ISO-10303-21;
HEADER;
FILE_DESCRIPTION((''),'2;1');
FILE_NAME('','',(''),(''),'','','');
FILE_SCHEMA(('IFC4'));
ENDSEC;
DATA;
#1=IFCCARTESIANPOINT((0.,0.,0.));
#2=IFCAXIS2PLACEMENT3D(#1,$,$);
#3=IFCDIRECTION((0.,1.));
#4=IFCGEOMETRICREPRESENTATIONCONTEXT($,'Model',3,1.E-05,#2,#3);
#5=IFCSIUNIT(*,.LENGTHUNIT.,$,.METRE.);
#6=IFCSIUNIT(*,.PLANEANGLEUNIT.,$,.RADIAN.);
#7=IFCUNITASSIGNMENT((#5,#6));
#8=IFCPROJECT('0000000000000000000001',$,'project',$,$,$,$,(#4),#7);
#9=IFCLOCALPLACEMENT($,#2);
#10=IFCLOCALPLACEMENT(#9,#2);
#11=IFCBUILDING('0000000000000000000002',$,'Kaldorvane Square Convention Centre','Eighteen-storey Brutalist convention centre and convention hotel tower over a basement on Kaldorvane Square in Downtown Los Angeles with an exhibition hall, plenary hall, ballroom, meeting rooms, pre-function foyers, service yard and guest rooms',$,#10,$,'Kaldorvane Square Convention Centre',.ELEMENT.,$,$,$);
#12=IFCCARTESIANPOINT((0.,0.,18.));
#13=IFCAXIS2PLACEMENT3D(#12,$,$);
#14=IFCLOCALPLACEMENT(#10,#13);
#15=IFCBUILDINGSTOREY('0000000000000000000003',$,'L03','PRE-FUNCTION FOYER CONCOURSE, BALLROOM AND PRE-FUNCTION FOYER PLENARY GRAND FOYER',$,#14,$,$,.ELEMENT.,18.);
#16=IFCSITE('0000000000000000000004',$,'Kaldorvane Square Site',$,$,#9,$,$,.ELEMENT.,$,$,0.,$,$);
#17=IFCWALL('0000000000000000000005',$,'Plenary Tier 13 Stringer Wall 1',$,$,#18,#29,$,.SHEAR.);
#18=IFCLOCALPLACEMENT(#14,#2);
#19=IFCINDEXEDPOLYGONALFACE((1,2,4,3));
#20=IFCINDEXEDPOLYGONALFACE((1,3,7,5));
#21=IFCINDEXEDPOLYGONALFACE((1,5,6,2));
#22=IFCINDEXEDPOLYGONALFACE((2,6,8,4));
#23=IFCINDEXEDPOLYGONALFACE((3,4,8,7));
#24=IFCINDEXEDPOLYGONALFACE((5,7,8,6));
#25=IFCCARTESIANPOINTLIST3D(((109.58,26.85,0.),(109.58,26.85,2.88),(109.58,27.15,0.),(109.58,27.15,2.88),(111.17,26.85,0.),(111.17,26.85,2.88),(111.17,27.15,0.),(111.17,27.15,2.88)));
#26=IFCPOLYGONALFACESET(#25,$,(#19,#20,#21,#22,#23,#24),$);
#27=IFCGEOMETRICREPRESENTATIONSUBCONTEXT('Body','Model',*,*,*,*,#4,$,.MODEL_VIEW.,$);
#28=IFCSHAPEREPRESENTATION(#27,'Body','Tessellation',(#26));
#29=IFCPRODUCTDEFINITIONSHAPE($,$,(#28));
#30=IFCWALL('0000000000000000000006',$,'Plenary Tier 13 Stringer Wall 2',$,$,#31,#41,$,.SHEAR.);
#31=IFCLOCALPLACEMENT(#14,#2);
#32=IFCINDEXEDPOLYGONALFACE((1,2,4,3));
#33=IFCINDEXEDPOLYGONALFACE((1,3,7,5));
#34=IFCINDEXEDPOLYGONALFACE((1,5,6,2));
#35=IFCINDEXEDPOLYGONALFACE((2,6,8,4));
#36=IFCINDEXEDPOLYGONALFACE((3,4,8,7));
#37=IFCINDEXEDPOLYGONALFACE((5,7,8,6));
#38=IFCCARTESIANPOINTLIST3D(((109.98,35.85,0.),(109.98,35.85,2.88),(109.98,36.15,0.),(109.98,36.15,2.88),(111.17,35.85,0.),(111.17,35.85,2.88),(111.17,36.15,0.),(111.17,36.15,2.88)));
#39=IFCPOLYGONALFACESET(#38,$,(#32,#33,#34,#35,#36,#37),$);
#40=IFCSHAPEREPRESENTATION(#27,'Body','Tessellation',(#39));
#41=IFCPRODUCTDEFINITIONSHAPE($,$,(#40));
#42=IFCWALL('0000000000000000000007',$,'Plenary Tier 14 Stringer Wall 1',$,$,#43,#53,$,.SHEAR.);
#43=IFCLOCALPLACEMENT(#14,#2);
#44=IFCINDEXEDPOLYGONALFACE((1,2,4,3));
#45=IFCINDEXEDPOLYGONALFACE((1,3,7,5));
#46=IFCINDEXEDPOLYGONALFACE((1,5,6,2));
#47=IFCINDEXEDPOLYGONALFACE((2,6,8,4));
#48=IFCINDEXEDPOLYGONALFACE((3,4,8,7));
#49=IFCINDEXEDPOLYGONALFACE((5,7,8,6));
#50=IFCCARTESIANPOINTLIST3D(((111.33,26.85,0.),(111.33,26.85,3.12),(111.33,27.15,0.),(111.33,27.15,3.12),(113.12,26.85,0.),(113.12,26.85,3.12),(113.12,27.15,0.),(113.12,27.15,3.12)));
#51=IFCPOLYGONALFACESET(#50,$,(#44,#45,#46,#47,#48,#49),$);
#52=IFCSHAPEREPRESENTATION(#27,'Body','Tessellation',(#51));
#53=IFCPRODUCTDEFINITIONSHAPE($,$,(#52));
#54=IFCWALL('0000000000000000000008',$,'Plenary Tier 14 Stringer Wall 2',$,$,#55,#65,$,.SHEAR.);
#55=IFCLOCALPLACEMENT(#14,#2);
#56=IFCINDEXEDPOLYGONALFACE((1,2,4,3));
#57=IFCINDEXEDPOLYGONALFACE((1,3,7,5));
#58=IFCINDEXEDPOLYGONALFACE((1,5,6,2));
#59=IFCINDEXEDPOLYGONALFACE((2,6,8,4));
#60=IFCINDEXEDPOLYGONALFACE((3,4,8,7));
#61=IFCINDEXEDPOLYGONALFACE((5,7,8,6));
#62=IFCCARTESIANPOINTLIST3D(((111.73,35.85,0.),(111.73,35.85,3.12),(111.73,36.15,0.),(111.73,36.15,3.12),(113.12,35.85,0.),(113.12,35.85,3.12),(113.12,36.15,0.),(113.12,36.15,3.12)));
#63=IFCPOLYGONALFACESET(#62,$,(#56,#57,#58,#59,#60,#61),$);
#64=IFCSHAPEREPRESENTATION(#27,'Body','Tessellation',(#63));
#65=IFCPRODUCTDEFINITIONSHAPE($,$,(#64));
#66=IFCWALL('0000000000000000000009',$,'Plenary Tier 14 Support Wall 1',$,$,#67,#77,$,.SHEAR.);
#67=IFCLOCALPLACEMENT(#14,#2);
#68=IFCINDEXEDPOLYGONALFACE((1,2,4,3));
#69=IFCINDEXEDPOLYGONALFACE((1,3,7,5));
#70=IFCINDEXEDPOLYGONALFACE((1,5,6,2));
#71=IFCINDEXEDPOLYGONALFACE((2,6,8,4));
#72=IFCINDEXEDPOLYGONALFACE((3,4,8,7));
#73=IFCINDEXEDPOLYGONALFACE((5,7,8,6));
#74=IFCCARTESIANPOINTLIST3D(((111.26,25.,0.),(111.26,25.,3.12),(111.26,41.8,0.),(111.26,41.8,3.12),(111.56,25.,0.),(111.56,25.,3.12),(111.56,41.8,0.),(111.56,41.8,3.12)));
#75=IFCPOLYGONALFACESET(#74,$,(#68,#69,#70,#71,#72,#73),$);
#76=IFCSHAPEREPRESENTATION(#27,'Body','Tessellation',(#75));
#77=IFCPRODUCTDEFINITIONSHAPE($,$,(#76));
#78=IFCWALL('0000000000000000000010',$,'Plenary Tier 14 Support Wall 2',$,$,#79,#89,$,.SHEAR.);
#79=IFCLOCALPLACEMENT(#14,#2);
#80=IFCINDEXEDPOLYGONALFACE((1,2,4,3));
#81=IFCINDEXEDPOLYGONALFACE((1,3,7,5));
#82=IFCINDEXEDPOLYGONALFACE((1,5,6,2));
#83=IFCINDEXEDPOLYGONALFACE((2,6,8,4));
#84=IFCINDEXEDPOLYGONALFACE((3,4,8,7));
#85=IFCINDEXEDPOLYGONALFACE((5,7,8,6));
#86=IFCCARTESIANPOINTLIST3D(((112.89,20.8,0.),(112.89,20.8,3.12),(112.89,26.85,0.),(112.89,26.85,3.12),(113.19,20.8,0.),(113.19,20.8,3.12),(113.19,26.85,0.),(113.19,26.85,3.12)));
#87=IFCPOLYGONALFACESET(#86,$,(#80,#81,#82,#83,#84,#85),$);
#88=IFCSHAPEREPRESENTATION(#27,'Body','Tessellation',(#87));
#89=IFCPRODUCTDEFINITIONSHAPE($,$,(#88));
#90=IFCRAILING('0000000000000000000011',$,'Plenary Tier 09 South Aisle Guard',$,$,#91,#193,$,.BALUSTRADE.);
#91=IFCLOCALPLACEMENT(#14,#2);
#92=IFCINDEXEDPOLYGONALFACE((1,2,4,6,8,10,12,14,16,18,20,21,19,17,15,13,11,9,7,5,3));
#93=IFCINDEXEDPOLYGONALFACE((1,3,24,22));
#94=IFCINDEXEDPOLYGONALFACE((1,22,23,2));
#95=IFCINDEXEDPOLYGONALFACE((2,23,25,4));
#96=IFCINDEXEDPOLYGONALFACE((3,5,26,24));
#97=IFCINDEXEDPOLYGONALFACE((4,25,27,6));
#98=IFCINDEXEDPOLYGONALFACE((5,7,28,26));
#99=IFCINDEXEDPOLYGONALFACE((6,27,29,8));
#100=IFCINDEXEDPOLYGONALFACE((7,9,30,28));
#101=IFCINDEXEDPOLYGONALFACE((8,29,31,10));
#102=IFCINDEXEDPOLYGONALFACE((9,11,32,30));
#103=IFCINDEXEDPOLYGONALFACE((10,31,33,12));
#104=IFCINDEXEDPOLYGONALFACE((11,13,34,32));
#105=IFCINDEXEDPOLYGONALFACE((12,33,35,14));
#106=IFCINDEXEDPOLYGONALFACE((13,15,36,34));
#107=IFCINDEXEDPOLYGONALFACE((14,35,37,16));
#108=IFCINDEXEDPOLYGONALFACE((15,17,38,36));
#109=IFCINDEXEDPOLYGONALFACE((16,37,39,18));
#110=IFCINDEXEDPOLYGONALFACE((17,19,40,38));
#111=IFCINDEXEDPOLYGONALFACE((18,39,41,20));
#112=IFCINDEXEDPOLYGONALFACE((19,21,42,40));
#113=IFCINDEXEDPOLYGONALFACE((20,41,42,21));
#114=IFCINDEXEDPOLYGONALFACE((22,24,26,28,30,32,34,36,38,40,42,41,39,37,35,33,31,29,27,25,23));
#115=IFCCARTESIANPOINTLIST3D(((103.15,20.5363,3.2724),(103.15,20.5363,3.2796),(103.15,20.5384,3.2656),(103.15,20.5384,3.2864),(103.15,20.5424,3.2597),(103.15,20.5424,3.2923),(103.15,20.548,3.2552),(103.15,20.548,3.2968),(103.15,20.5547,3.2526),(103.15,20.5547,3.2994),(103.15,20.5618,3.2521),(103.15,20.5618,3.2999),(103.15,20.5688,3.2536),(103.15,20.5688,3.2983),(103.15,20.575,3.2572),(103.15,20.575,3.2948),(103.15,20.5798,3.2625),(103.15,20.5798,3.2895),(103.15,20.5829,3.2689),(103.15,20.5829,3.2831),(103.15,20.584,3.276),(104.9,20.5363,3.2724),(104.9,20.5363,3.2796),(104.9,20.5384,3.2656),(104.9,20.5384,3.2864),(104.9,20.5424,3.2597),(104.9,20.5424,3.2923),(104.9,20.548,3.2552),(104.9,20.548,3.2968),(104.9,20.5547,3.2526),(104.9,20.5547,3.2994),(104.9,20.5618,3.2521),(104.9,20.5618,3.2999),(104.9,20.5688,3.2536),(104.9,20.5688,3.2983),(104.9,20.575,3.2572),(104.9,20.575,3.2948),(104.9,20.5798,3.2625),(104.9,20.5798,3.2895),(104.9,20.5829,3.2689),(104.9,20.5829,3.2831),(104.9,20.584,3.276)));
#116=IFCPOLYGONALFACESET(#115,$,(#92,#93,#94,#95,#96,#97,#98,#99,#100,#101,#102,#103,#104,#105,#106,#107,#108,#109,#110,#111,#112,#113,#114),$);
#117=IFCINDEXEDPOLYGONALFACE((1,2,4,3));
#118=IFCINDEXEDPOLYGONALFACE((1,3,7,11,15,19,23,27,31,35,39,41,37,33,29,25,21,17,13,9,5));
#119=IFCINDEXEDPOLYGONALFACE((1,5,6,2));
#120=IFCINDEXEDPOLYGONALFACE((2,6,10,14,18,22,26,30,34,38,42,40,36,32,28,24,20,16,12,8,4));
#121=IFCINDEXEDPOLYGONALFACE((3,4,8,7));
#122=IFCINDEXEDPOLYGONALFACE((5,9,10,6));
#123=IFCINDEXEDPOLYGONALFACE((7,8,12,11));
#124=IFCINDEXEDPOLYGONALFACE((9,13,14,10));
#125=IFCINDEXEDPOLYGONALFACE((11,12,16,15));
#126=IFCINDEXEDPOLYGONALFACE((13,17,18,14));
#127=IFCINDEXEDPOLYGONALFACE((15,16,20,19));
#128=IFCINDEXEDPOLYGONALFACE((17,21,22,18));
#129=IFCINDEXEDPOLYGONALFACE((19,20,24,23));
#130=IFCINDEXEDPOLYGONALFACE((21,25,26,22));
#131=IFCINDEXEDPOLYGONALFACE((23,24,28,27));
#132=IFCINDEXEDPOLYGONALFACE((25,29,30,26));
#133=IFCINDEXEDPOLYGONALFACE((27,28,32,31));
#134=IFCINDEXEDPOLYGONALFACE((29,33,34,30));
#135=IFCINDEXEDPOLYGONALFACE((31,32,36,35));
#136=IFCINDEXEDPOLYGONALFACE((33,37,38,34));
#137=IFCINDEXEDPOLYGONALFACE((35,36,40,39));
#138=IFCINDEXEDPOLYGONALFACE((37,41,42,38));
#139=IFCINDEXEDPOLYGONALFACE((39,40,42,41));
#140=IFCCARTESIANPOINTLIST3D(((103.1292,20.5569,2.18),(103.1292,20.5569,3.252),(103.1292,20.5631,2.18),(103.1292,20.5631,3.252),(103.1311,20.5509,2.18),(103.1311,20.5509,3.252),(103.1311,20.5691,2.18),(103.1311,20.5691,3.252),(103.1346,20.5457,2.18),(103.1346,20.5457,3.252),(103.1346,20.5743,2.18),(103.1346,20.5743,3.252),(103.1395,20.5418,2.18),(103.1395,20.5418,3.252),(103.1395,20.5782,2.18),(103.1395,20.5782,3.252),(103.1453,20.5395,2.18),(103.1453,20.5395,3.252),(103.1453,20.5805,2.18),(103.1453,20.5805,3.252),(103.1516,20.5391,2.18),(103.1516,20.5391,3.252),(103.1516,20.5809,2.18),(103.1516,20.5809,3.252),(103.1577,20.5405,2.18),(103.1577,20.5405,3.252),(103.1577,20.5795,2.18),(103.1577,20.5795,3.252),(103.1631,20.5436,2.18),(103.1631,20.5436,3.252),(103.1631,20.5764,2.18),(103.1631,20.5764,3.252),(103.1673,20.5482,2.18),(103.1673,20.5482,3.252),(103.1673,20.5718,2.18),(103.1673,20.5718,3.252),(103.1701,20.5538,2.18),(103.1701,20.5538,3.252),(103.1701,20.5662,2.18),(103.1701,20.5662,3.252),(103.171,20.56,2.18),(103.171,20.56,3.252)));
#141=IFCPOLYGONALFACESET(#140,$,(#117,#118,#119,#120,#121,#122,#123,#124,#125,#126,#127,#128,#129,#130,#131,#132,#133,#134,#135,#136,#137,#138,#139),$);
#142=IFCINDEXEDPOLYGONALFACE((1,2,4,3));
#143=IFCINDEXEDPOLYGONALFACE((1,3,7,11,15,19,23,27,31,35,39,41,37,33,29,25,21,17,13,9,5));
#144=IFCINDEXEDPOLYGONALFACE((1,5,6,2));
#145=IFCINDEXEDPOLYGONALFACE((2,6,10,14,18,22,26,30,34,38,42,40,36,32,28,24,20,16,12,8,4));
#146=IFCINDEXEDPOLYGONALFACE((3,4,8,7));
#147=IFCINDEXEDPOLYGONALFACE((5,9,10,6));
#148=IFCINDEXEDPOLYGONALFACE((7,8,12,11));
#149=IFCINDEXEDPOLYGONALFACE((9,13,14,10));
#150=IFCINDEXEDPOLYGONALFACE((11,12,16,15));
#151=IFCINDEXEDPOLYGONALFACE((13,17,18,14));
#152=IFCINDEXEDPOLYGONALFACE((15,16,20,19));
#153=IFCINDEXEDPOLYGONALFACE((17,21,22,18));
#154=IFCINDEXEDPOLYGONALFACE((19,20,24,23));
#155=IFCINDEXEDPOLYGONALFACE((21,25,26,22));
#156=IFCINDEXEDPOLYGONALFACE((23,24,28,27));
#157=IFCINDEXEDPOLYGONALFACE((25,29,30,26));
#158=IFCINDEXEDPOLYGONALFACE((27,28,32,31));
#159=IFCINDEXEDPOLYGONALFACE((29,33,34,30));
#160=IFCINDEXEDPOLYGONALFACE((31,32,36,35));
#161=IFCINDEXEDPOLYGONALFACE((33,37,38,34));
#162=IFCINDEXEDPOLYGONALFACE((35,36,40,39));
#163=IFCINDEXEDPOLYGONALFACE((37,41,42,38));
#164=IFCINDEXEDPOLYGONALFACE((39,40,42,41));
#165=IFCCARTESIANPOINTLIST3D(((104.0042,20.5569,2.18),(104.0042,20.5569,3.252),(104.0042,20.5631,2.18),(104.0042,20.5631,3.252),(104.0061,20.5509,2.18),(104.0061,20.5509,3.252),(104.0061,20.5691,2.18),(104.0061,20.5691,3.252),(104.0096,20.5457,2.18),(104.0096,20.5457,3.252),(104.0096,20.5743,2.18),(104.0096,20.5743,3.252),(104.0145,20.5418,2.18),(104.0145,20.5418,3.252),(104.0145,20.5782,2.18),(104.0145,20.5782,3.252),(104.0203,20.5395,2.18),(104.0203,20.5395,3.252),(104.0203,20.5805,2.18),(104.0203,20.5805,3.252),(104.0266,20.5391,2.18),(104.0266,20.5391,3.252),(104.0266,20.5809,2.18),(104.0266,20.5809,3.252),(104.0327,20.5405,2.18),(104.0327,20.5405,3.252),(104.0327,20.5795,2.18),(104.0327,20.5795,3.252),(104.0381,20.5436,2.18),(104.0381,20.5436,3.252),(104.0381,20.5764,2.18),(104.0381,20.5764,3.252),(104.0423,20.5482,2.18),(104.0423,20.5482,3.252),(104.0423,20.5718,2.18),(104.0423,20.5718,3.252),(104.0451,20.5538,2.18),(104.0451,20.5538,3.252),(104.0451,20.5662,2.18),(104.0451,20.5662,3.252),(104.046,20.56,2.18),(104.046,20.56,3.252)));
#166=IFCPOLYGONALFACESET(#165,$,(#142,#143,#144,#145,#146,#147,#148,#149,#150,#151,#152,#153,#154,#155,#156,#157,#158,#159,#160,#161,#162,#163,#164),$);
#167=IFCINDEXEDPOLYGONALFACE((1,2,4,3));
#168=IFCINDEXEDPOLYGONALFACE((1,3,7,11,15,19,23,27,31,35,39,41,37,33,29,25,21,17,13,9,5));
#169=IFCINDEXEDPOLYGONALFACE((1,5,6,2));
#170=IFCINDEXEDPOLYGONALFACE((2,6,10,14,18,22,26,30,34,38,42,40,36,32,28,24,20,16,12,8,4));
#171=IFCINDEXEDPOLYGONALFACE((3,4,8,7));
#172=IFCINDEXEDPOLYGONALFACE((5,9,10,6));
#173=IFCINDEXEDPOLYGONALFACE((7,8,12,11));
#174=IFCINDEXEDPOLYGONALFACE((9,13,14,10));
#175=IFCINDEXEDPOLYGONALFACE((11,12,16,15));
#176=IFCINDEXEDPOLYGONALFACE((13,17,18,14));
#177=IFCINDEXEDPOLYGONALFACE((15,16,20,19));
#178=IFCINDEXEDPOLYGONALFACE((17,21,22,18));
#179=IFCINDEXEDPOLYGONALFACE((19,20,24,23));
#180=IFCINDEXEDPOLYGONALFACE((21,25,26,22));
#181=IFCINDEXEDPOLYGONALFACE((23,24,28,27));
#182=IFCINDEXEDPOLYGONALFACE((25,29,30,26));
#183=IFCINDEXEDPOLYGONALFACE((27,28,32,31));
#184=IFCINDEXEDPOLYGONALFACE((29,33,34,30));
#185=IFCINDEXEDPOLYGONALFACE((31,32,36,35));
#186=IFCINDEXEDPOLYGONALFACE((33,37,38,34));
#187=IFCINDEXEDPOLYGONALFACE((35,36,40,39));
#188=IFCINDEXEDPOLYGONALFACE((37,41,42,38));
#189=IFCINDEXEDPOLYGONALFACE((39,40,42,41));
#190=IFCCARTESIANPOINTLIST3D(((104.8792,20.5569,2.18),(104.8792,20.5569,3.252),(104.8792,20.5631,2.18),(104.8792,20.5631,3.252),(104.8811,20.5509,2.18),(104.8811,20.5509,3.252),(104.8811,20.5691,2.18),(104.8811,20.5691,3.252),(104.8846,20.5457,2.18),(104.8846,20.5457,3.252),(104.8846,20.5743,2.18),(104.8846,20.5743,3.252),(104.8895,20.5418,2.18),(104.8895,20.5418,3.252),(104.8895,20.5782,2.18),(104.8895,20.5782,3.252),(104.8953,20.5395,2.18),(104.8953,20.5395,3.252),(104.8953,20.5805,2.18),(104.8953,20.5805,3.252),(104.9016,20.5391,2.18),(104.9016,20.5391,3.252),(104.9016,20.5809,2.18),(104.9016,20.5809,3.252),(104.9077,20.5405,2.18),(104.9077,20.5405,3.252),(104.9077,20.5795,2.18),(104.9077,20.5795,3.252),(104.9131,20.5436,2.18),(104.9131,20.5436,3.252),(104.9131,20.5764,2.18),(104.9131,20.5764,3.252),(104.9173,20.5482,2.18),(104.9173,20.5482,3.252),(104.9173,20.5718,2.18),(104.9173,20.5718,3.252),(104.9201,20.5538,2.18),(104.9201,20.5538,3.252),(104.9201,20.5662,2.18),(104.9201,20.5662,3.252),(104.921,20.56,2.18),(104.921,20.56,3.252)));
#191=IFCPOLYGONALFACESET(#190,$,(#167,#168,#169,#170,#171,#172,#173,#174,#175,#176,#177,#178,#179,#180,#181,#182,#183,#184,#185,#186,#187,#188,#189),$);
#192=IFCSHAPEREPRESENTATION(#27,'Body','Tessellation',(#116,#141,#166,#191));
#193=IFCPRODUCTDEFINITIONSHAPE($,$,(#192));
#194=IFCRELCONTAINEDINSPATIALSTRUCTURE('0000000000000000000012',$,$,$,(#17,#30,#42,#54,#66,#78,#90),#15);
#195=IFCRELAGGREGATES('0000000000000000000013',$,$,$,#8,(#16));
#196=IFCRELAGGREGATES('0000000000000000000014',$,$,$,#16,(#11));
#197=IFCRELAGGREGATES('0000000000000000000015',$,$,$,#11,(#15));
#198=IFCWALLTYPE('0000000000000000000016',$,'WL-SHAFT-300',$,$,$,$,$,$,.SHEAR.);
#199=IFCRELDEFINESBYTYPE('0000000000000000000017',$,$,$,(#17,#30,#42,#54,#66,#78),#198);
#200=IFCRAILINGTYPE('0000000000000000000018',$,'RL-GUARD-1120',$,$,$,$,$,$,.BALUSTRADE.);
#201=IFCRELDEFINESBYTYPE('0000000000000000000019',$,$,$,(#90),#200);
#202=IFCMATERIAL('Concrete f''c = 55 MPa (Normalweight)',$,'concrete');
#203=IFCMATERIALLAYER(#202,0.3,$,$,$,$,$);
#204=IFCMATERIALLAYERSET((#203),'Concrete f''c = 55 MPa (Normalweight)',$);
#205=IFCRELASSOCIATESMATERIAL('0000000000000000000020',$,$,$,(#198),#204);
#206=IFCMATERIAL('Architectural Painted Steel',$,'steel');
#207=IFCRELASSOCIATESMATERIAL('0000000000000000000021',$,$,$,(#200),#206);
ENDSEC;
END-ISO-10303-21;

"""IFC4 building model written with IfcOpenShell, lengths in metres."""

from ifc_helpers import new_model, si_unit, direction, frame, frame_2d, origin, origin_2d, place, context, subcontext, project, spatial, rectangle, circle, extrude, material, layer, layer_set, type_object, element, save


model = new_model("IFC4")

# Units and contexts
model_context = context("Model", 3, precision=1e-05, world=origin(), true_north=direction((0.0, 1.0)))
body_context = subcontext(model_context, "Body", "Model", "MODEL_VIEW")
ifc_project = project(units=[si_unit("LENGTHUNIT", "METRE"), si_unit("PLANEANGLEUNIT", "RADIAN")], contexts=[model_context])

# Site, building, storey
site_placement = place(None, origin())
site = spatial("IfcSite", under=ifc_project, at=site_placement, Name="Kaldorvane Square Site", CompositionType="ELEMENT", RefElevation=0.0)
building_placement = place(site_placement, origin())
building = spatial("IfcBuilding", under=site, at=building_placement, Name="Kaldorvane Square Convention Centre", Description="Eighteen-storey Brutalist convention centre and convention hotel tower over a basement on Kaldorvane Square in Downtown Los Angeles with an exhibition hall, plenary hall, ballroom, meeting rooms, pre-function foyers, service yard and guest rooms", LongName="Kaldorvane Square Convention Centre", CompositionType="ELEMENT")
storey_placement = place(building_placement, frame((0.0, 0.0, 18.0)))
storey = spatial("IfcBuildingStorey", under=building, at=storey_placement, Name="L03", Description="PRE-FUNCTION FOYER CONCOURSE, BALLROOM AND PRE-FUNCTION FOYER PLENARY GRAND FOYER", CompositionType="ELEMENT", Elevation=18.0)

# Walls
ifc_material_1 = material(Name="Concrete f'c = 55 MPa (Normalweight)", Category="concrete")
ifc_layer_1 = layer(ifc_material_1, 0.3)
ifc_layer_set_1 = layer_set([ifc_layer_1], Name="Concrete f'c = 55 MPa (Normalweight)")
wall_type_1 = type_object("IfcWallType", Name="WL-SHAFT-300", PredefinedType="SHEAR", material=ifc_layer_set_1)
wall_1_placement = place(storey_placement, frame((109.58, 27.0, 0.0), z_axis=(0.0, 0.0, 1.0), x_axis=(1.0, 0.0, 0.0)))
element("IfcWall", 1, at=wall_1_placement, inside=storey, type_object=wall_type_1, Name="Plenary Tier 13 Stringer Wall 1", PredefinedType="SHEAR", context=body_context, shape_type="SweptSolid", body=[
    extrude(rectangle(XDim=1.59, YDim=0.3, at=frame_2d((0.795, 0.0))), origin(), (0.0, 0.0, 1.0), 2.88),
])
wall_2_placement = place(storey_placement, frame((109.98, 36.0, 0.0), z_axis=(0.0, 0.0, 1.0), x_axis=(1.0, 0.0, 0.0)))
element("IfcWall", 2, at=wall_2_placement, inside=storey, type_object=wall_type_1, Name="Plenary Tier 13 Stringer Wall 2", PredefinedType="SHEAR", context=body_context, shape_type="SweptSolid", body=[
    extrude(rectangle(XDim=1.19, YDim=0.3, at=frame_2d((0.595, 0.0))), origin(), (0.0, 0.0, 1.0), 2.88),
])
wall_3_placement = place(storey_placement, frame((111.33, 27.0, 0.0), z_axis=(0.0, 0.0, 1.0), x_axis=(1.0, 0.0, 0.0)))
element("IfcWall", 3, at=wall_3_placement, inside=storey, type_object=wall_type_1, Name="Plenary Tier 14 Stringer Wall 1", PredefinedType="SHEAR", context=body_context, shape_type="SweptSolid", body=[
    extrude(rectangle(XDim=1.79, YDim=0.3, at=frame_2d((0.895, 0.0))), origin(), (0.0, 0.0, 1.0), 3.12),
])
wall_4_placement = place(storey_placement, frame((111.73, 36.0, 0.0), z_axis=(0.0, 0.0, 1.0), x_axis=(1.0, 0.0, 0.0)))
element("IfcWall", 4, at=wall_4_placement, inside=storey, type_object=wall_type_1, Name="Plenary Tier 14 Stringer Wall 2", PredefinedType="SHEAR", context=body_context, shape_type="SweptSolid", body=[
    extrude(rectangle(XDim=1.39, YDim=0.3, at=frame_2d((0.695, 0.0))), origin(), (0.0, 0.0, 1.0), 3.12),
])
wall_5_placement = place(storey_placement, frame((111.41, 25.0, 0.0), z_axis=(0.0, 0.0, 1.0), x_axis=(0.0, 1.0, 0.0)))
element("IfcWall", 5, at=wall_5_placement, inside=storey, type_object=wall_type_1, Name="Plenary Tier 14 Support Wall 1", PredefinedType="SHEAR", context=body_context, shape_type="SweptSolid", body=[
    extrude(rectangle(XDim=16.8, YDim=0.3, at=frame_2d((8.4, 0.0))), origin(), (0.0, 0.0, 1.0), 3.12),
])
wall_6_placement = place(storey_placement, frame((113.04, 20.8, 0.0), z_axis=(0.0, 0.0, 1.0), x_axis=(0.0, 1.0, 0.0)))
element("IfcWall", 6, at=wall_6_placement, inside=storey, type_object=wall_type_1, Name="Plenary Tier 14 Support Wall 2", PredefinedType="SHEAR", context=body_context, shape_type="SweptSolid", body=[
    extrude(rectangle(XDim=6.05, YDim=0.3, at=frame_2d((3.025, 0.0))), origin(), (0.0, 0.0, 1.0), 3.12),
])

# Railing
ifc_material_2 = material(Name="Architectural Painted Steel", Category="steel")
railing_type = type_object("IfcRailingType", Name="RL-GUARD-1120", PredefinedType="BALUSTRADE", material=ifc_material_2)
for number, where, name in (
    (7, (103.15, 20.56, 2.18), "Plenary Tier 09 South Aisle Guard"),
):
    element("IfcRailing", number, at=place(storey_placement, frame(where)), inside=storey, type_object=railing_type, Name=name, PredefinedType="BALUSTRADE", context=body_context, shape_type="SweptSolid", body=[
        extrude(circle(Radius=0.024, at=origin_2d()), frame((0.0, 0.0, 1.096), z_axis=(1.0, 0.0, 0.0), x_axis=(0.0, 1.0, 0.0)), (0.0, 0.0, 1.0), 1.75),
        extrude(circle(Radius=0.021, at=origin_2d()), origin(), (0.0, 0.0, 1.0), 1.072),
        extrude(circle(Radius=0.021, at=origin_2d()), frame((0.875, 0.0, 0.0)), (0.0, 0.0, 1.0), 1.072),
        extrude(circle(Radius=0.021, at=origin_2d()), frame((1.75, 0.0, 0.0)), (0.0, 0.0, 1.0), 1.072),
    ])

save(model, "model.ifc")
